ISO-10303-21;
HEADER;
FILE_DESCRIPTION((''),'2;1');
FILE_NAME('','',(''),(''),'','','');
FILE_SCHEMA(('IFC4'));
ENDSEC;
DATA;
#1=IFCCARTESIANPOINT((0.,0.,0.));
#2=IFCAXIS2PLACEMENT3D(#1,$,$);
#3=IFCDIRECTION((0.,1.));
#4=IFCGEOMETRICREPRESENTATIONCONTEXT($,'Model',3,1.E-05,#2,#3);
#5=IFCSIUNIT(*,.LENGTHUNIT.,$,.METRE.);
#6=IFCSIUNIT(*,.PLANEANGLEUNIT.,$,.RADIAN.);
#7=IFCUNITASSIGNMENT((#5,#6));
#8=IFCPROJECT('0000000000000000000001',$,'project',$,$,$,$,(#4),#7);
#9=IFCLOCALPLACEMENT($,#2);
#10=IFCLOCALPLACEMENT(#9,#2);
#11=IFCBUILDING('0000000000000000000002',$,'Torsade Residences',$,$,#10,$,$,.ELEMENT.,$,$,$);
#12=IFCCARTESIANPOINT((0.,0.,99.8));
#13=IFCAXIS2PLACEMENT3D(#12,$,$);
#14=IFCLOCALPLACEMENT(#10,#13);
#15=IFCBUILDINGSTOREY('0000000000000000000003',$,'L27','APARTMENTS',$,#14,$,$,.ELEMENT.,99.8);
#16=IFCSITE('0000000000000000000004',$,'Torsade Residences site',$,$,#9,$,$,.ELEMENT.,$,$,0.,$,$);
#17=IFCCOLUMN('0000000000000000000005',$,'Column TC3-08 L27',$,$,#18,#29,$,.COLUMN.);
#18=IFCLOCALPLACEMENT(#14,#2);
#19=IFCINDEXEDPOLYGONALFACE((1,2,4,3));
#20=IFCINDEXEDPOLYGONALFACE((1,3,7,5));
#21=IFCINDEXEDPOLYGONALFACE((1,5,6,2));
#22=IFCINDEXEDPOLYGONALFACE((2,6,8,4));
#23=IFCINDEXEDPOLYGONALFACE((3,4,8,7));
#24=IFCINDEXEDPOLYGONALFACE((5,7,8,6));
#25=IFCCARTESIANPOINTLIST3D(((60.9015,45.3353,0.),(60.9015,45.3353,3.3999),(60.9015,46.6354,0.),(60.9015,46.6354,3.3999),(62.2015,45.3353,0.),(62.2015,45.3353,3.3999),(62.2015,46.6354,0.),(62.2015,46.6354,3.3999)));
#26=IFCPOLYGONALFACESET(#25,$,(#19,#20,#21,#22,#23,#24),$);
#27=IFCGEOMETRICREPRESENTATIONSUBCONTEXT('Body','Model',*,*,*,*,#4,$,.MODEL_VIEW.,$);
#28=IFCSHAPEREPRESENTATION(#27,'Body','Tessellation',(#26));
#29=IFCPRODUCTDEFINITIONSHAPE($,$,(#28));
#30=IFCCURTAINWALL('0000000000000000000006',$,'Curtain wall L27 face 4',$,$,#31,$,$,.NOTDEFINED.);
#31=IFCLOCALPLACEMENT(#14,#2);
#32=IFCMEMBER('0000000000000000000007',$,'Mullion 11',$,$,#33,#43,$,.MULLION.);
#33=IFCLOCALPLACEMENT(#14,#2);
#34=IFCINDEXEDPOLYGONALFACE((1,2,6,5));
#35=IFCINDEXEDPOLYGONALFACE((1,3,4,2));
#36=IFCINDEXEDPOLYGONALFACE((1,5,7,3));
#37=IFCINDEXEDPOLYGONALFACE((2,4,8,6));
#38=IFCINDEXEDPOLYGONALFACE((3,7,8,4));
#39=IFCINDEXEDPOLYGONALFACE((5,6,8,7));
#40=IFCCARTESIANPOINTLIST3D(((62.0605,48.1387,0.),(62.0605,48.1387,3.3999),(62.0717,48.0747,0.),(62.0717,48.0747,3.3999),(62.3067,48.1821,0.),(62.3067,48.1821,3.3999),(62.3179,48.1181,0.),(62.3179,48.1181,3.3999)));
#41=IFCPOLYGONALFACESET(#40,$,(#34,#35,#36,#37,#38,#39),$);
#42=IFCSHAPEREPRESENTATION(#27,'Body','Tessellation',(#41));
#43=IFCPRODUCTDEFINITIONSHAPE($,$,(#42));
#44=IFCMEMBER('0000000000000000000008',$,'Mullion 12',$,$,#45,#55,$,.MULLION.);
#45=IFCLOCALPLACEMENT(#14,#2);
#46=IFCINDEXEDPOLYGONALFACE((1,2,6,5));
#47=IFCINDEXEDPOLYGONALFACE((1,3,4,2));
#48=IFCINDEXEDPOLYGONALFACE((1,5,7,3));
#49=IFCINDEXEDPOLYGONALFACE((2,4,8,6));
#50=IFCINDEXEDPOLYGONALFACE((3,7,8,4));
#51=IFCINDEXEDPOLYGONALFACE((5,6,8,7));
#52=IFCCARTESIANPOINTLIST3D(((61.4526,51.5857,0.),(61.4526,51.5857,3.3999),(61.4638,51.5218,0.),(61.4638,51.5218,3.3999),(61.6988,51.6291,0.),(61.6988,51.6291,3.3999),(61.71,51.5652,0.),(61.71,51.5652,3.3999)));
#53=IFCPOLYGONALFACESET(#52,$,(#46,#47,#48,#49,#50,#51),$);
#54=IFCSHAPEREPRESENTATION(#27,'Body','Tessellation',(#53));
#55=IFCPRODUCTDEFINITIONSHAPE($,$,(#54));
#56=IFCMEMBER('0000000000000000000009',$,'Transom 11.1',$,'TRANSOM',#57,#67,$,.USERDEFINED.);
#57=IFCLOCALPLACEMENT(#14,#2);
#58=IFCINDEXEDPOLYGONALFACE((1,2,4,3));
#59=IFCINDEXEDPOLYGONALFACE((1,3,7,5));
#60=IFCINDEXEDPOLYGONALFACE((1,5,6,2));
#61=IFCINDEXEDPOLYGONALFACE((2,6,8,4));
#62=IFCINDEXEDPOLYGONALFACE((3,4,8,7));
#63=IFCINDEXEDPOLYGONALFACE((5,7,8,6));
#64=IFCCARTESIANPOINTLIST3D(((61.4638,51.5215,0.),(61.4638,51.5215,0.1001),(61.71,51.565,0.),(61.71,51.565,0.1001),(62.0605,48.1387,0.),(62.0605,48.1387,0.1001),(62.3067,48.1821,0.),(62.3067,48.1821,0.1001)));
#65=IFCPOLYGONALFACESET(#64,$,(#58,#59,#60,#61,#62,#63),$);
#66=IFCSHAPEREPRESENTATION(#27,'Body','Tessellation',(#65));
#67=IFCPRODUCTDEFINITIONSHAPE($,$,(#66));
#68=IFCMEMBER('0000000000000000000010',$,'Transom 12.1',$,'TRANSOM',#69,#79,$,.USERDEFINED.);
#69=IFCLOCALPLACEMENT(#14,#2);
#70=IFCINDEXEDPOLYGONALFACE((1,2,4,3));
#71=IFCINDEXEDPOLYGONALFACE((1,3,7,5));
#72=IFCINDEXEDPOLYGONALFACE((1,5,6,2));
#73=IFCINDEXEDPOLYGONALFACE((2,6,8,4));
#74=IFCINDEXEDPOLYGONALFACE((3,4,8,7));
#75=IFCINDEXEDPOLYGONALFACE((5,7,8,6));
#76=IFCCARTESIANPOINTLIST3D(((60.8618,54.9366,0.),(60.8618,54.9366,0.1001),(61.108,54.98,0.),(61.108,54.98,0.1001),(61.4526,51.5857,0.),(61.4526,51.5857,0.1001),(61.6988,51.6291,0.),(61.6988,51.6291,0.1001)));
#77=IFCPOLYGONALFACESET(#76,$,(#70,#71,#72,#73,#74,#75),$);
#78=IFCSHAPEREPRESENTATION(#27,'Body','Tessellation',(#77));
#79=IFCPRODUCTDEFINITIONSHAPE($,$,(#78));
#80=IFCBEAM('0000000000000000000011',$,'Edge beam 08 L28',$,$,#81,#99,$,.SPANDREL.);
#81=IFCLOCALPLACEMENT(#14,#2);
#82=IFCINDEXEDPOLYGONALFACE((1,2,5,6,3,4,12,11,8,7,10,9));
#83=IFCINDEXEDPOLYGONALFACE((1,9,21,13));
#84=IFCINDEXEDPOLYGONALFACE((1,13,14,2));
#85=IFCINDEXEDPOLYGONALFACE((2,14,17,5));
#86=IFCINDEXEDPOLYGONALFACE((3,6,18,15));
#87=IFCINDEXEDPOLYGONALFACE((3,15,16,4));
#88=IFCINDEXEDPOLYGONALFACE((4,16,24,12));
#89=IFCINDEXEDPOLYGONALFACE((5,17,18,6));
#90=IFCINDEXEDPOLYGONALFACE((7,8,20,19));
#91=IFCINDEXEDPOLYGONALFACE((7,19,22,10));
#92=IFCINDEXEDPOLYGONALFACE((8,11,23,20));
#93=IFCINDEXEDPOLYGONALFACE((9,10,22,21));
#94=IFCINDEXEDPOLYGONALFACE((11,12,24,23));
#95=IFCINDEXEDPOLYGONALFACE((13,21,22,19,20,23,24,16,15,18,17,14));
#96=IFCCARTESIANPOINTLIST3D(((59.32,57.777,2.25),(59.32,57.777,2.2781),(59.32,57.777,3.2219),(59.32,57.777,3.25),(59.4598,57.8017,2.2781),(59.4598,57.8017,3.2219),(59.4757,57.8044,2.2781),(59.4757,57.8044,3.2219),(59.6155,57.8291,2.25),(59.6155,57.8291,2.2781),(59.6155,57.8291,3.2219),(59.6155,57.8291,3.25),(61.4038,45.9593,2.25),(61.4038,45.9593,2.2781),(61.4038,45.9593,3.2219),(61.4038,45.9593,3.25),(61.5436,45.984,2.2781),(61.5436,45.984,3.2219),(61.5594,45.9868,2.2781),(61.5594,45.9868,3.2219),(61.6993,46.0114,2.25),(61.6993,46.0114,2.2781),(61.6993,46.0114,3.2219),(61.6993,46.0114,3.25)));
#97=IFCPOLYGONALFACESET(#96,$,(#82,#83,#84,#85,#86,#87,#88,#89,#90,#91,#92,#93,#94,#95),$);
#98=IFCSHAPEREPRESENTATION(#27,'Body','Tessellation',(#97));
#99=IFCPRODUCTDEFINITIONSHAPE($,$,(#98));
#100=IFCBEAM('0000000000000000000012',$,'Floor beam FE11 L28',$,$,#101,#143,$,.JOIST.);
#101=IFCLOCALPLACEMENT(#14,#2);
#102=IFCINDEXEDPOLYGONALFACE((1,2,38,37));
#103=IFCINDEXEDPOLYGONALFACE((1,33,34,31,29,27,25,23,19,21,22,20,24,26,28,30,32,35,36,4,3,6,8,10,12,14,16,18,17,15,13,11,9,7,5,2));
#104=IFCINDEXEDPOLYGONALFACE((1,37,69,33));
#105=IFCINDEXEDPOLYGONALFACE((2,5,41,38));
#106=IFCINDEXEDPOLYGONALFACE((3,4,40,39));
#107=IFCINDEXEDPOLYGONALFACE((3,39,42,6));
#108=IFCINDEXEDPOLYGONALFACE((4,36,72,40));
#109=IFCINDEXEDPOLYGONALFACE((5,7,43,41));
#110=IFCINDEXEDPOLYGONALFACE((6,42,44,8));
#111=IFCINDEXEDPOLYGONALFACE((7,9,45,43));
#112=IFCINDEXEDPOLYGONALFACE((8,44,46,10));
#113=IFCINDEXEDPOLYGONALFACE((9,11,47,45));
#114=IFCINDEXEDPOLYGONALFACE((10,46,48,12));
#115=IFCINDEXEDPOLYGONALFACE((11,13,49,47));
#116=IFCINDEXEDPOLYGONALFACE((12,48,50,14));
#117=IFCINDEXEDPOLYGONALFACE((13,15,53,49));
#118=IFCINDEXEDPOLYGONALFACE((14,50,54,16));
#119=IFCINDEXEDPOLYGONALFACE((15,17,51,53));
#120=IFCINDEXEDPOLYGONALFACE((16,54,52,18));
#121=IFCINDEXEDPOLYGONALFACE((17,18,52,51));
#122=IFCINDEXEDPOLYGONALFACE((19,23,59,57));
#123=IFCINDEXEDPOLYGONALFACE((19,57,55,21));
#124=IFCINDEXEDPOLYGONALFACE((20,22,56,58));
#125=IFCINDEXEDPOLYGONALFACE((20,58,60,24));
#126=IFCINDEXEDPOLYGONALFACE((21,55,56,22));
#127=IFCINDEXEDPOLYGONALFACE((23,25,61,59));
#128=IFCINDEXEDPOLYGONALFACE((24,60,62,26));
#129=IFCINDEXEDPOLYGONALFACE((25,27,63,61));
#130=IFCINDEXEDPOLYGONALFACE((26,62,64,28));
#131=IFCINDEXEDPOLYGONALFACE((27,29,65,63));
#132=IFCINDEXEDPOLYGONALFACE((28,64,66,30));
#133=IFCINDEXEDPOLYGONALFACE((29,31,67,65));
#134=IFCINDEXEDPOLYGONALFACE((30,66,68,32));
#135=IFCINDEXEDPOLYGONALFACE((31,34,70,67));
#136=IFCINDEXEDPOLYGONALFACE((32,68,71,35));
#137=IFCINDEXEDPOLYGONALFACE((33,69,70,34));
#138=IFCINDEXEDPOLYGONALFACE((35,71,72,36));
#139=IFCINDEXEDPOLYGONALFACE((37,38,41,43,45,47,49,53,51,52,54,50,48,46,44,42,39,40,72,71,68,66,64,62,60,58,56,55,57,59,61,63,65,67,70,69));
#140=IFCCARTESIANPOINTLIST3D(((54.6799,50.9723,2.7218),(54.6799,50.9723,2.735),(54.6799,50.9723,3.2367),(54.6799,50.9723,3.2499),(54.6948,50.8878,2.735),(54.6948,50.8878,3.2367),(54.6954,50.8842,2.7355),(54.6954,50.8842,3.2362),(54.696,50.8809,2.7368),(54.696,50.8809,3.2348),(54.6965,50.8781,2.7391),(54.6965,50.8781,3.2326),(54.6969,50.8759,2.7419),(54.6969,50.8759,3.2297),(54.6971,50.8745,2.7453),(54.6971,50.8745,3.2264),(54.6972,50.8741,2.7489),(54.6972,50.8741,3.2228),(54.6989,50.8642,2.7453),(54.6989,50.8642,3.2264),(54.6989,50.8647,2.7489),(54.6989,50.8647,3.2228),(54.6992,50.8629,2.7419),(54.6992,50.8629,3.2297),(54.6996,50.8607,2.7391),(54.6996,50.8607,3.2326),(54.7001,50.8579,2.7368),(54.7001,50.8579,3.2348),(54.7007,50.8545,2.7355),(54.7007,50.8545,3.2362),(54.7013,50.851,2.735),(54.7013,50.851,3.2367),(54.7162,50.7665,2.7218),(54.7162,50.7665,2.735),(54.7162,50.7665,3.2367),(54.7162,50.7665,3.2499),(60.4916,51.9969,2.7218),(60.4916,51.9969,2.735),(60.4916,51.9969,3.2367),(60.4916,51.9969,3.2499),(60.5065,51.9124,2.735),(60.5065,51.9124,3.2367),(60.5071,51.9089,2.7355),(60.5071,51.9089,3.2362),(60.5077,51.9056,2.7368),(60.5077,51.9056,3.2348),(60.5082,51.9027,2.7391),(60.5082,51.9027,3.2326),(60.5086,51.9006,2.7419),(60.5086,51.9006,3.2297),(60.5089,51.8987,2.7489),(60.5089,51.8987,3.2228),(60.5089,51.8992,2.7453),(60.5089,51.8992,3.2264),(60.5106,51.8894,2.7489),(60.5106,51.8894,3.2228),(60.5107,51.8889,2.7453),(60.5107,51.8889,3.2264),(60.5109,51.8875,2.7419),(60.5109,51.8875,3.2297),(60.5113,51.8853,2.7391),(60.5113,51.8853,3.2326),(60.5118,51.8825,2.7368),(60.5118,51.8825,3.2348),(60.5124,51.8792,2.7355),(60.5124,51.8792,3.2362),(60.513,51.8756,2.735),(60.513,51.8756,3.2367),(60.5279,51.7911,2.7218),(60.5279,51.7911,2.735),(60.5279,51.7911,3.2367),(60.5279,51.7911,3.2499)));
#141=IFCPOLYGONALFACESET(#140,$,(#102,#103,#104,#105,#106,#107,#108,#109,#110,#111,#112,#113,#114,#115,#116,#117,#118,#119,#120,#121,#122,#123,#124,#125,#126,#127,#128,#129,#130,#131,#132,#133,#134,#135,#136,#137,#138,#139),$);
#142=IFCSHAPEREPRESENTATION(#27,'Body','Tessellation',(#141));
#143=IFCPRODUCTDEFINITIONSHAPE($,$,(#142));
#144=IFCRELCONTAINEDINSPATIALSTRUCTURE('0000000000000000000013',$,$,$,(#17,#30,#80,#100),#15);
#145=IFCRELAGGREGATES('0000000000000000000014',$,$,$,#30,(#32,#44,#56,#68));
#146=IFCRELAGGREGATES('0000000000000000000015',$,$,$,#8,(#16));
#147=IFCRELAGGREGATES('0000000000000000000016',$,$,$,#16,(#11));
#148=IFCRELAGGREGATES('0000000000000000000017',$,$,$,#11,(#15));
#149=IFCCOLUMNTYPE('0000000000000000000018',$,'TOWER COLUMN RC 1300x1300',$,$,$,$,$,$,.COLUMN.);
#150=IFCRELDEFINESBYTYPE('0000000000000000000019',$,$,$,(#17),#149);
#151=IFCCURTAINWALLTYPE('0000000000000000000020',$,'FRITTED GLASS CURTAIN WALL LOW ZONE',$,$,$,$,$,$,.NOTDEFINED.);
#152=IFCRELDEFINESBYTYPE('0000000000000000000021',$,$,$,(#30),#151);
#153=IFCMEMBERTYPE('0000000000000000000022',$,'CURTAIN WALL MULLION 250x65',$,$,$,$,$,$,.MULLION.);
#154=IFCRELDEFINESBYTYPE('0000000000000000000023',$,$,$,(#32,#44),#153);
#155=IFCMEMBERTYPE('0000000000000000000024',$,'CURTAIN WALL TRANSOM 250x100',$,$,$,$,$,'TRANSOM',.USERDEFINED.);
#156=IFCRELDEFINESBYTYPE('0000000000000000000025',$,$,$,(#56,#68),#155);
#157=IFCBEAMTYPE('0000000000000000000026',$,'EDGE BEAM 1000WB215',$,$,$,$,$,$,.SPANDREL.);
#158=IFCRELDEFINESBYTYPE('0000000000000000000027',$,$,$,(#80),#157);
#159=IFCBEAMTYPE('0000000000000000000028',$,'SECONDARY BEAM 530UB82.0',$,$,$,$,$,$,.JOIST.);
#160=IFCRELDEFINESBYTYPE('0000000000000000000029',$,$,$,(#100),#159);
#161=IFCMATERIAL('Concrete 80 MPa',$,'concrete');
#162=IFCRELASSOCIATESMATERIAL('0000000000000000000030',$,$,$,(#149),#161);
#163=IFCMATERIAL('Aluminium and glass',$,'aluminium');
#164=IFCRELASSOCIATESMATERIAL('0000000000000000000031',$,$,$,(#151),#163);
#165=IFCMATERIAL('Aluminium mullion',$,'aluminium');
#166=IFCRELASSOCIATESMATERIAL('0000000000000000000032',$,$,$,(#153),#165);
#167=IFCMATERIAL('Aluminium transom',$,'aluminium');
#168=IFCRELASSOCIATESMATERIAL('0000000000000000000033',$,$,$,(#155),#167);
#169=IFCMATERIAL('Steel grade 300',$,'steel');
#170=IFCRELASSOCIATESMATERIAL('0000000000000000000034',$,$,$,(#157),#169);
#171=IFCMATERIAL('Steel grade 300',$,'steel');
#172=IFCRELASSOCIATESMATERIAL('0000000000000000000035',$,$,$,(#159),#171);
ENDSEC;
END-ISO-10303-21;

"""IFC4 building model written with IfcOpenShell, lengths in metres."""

from ifc_helpers import new_model, si_unit, direction, frame, origin, origin_2d, place, context, subcontext, project, spatial, rectangle, i_section, extrude, material, material_profile, profile_set, type_object, element, aggregate, save


model = new_model("IFC4")

# Units and contexts
model_context = context("Model", 3, precision=1e-05, world=origin(), true_north=direction((0.0, 1.0)))
body_context = subcontext(model_context, "Body", "Model", "MODEL_VIEW")
ifc_project = project(units=[si_unit("LENGTHUNIT", "METRE"), si_unit("PLANEANGLEUNIT", "RADIAN")], contexts=[model_context])

# Site, building, storey
site_placement = place(None, origin())
site = spatial("IfcSite", under=ifc_project, at=site_placement, Name="Torsade Residences site", CompositionType="ELEMENT", RefElevation=0.0)
building_placement = place(site_placement, origin())
building = spatial("IfcBuilding", under=site, at=building_placement, Name="Torsade Residences", CompositionType="ELEMENT")
storey_placement = place(building_placement, frame((0.0, 0.0, 99.8)))
storey = spatial("IfcBuildingStorey", under=building, at=storey_placement, Name="L27", Description="APARTMENTS", CompositionType="ELEMENT", Elevation=99.8)

# Column
ifc_material_1 = material(Name="Concrete 80 MPa", Category="concrete")
ifc_material_profile_1 = material_profile(ifc_material_1, rectangle(XDim=1.3, YDim=1.3, at=origin_2d()), Name="RC 1300x1300")
ifc_profile_set_1 = profile_set([ifc_material_profile_1], Name="Concrete 80 MPa")
column_type = type_object("IfcColumnType", Name="TOWER COLUMN RC 1300x1300", PredefinedType="COLUMN", material=ifc_profile_set_1)
column_placement = place(storey_placement, frame((61.5515, 45.9854, 0.0), z_axis=(0.0, 0.0, 1.0), x_axis=(1.0, 0.0, 0.0)))
element("IfcColumn", 1, at=column_placement, inside=storey, type_object=column_type, Name="Column TC3-08 L27", PredefinedType="COLUMN", context=body_context, shape_type="SweptSolid", body=[
    extrude(rectangle(XDim=1.3, YDim=1.3, at=origin_2d()), origin(), (0.0, 0.0, 1.0), 3.3999),
])

# Curtain wall, members
ifc_material_2 = material(Name="Aluminium and glass", Category="aluminium")
curtain_wall_type = type_object("IfcCurtainWallType", Name="FRITTED GLASS CURTAIN WALL LOW ZONE", PredefinedType="NOTDEFINED", material=ifc_material_2)
curtain_wall_placement = place(storey_placement, origin())
curtain_wall = element("IfcCurtainWall", 2, at=curtain_wall_placement, inside=storey, type_object=curtain_wall_type, Name="Curtain wall L27 face 4", PredefinedType="NOTDEFINED")
ifc_material_3 = material(Name="Aluminium mullion", Category="aluminium")
ifc_material_profile_2 = material_profile(ifc_material_3, rectangle(XDim=0.25, YDim=0.0649, at=origin_2d()), Name="CURTAIN WALL MULLION 250x65")
ifc_profile_set_2 = profile_set([ifc_material_profile_2], Name="Aluminium mullion")
member_type_1 = type_object("IfcMemberType", Name="CURTAIN WALL MULLION 250x65", PredefinedType="MULLION", material=ifc_profile_set_2)
member_1_placement = place(storey_placement, frame((62.1892, 48.1284, 0.0), z_axis=(0.0, 0.0, 1.0), x_axis=(-0.984808, -0.173648, 0.0)))
member_1 = element("IfcMember", 3, at=member_1_placement, type_object=member_type_1, Name="Mullion 11", PredefinedType="MULLION", context=body_context, shape_type="SweptSolid", body=[
    extrude(rectangle(XDim=0.25, YDim=0.0649, at=origin_2d()), origin(), (0.0, 0.0, 1.0), 3.3999),
])
member_2_placement = place(storey_placement, frame((61.5813, 51.5754, 0.0), z_axis=(0.0, 0.0, 1.0), x_axis=(-0.984808, -0.173648, 0.0)))
member_2 = element("IfcMember", 4, at=member_2_placement, type_object=member_type_1, Name="Mullion 12", PredefinedType="MULLION", context=body_context, shape_type="SweptSolid", body=[
    extrude(rectangle(XDim=0.25, YDim=0.0649, at=origin_2d()), origin(), (0.0, 0.0, 1.0), 3.3999),
])
ifc_material_4 = material(Name="Aluminium transom", Category="aluminium")
ifc_material_profile_3 = material_profile(ifc_material_4, rectangle(XDim=0.25, YDim=0.1001, at=origin_2d()), Name="CURTAIN WALL TRANSOM 250x100")
ifc_profile_set_3 = profile_set([ifc_material_profile_3], Name="Aluminium transom")
member_type_2 = type_object("IfcMemberType", Name="CURTAIN WALL TRANSOM 250x100", ElementType="TRANSOM", PredefinedType="USERDEFINED", material=ifc_profile_set_3)
member_3_placement = place(storey_placement, frame((62.1836, 48.1604, 0.05), z_axis=(-0.173704, 0.984798, 0.0), x_axis=(-0.984798, -0.173704, 0.0)))
member_3 = element("IfcMember", 5, at=member_3_placement, type_object=member_type_2, Name="Transom 11.1", ObjectType="TRANSOM", PredefinedType="USERDEFINED", context=body_context, shape_type="SweptSolid", body=[
    extrude(rectangle(XDim=0.25, YDim=0.1001, at=origin_2d()), origin(), (0.0, 0.0, 1.0), 3.4351),
])
member_4_placement = place(storey_placement, frame((61.5757, 51.6074, 0.05), z_axis=(-0.173642, 0.984809, 0.0), x_axis=(-0.984809, -0.173642, 0.0)))
member_4 = element("IfcMember", 6, at=member_4_placement, type_object=member_type_2, Name="Transom 12.1", ObjectType="TRANSOM", PredefinedType="USERDEFINED", context=body_context, shape_type="SweptSolid", body=[
    extrude(rectangle(XDim=0.25, YDim=0.1001, at=origin_2d()), origin(), (0.0, 0.0, 1.0), 3.4026),
])

# Beams
ifc_material_5 = material(Name="Steel grade 300", Category="steel")
ifc_material_profile_4 = material_profile(ifc_material_5, i_section(OverallWidth=0.3, OverallDepth=1.0, WebThickness=0.0161, FlangeThickness=0.0281, at=origin_2d()), Name="1000WB215")
ifc_profile_set_4 = profile_set([ifc_material_profile_4], Name="Steel grade 300")
beam_type_1 = type_object("IfcBeamType", Name="EDGE BEAM 1000WB215", PredefinedType="SPANDREL", material=ifc_profile_set_4)
beam_1_placement = place(storey_placement, frame((61.5515, 45.9854, 2.75), z_axis=(-0.173646, 0.984808, 0.0), x_axis=(-0.984808, -0.173646, 0.0)))
element("IfcBeam", 7, at=beam_1_placement, inside=storey, type_object=beam_type_1, Name="Edge beam 08 L28", PredefinedType="SPANDREL", context=body_context, shape_type="SweptSolid", body=[
    extrude(i_section(OverallWidth=0.3, OverallDepth=1.0, WebThickness=0.0161, FlangeThickness=0.0281, at=origin_2d()), origin(), (0.0, 0.0, 1.0), 12.0),
])
ifc_material_6 = material(Name="Steel grade 300", Category="steel")
ifc_material_profile_5 = material_profile(ifc_material_6, i_section(OverallWidth=0.209, OverallDepth=0.5281, WebThickness=0.0095, FlangeThickness=0.0132, FilletRadius=0.0139, at=origin_2d()), Name="530UB82.0")
ifc_profile_set_5 = profile_set([ifc_material_profile_5], Name="Steel grade 300")
beam_type_2 = type_object("IfcBeamType", Name="SECONDARY BEAM 530UB82.0", PredefinedType="JOIST", material=ifc_profile_set_5)
beam_2_placement = place(storey_placement, frame((60.5098, 51.894, 2.9858), z_axis=(-0.984811, -0.17363, 0.0), x_axis=(0.17363, -0.984811, 0.0)))
element("IfcBeam", 8, at=beam_2_placement, inside=storey, type_object=beam_type_2, Name="Floor beam FE11 L28", PredefinedType="JOIST", context=body_context, shape_type="SweptSolid", body=[
    extrude(i_section(OverallWidth=0.209, OverallDepth=0.5281, WebThickness=0.0095, FlangeThickness=0.0132, FilletRadius=0.0139, at=origin_2d()), origin(), (0.0, 0.0, 1.0), 5.9014),
])

aggregate(curtain_wall, [member_1, member_2, member_3, member_4])

save(model, "model.ifc")
